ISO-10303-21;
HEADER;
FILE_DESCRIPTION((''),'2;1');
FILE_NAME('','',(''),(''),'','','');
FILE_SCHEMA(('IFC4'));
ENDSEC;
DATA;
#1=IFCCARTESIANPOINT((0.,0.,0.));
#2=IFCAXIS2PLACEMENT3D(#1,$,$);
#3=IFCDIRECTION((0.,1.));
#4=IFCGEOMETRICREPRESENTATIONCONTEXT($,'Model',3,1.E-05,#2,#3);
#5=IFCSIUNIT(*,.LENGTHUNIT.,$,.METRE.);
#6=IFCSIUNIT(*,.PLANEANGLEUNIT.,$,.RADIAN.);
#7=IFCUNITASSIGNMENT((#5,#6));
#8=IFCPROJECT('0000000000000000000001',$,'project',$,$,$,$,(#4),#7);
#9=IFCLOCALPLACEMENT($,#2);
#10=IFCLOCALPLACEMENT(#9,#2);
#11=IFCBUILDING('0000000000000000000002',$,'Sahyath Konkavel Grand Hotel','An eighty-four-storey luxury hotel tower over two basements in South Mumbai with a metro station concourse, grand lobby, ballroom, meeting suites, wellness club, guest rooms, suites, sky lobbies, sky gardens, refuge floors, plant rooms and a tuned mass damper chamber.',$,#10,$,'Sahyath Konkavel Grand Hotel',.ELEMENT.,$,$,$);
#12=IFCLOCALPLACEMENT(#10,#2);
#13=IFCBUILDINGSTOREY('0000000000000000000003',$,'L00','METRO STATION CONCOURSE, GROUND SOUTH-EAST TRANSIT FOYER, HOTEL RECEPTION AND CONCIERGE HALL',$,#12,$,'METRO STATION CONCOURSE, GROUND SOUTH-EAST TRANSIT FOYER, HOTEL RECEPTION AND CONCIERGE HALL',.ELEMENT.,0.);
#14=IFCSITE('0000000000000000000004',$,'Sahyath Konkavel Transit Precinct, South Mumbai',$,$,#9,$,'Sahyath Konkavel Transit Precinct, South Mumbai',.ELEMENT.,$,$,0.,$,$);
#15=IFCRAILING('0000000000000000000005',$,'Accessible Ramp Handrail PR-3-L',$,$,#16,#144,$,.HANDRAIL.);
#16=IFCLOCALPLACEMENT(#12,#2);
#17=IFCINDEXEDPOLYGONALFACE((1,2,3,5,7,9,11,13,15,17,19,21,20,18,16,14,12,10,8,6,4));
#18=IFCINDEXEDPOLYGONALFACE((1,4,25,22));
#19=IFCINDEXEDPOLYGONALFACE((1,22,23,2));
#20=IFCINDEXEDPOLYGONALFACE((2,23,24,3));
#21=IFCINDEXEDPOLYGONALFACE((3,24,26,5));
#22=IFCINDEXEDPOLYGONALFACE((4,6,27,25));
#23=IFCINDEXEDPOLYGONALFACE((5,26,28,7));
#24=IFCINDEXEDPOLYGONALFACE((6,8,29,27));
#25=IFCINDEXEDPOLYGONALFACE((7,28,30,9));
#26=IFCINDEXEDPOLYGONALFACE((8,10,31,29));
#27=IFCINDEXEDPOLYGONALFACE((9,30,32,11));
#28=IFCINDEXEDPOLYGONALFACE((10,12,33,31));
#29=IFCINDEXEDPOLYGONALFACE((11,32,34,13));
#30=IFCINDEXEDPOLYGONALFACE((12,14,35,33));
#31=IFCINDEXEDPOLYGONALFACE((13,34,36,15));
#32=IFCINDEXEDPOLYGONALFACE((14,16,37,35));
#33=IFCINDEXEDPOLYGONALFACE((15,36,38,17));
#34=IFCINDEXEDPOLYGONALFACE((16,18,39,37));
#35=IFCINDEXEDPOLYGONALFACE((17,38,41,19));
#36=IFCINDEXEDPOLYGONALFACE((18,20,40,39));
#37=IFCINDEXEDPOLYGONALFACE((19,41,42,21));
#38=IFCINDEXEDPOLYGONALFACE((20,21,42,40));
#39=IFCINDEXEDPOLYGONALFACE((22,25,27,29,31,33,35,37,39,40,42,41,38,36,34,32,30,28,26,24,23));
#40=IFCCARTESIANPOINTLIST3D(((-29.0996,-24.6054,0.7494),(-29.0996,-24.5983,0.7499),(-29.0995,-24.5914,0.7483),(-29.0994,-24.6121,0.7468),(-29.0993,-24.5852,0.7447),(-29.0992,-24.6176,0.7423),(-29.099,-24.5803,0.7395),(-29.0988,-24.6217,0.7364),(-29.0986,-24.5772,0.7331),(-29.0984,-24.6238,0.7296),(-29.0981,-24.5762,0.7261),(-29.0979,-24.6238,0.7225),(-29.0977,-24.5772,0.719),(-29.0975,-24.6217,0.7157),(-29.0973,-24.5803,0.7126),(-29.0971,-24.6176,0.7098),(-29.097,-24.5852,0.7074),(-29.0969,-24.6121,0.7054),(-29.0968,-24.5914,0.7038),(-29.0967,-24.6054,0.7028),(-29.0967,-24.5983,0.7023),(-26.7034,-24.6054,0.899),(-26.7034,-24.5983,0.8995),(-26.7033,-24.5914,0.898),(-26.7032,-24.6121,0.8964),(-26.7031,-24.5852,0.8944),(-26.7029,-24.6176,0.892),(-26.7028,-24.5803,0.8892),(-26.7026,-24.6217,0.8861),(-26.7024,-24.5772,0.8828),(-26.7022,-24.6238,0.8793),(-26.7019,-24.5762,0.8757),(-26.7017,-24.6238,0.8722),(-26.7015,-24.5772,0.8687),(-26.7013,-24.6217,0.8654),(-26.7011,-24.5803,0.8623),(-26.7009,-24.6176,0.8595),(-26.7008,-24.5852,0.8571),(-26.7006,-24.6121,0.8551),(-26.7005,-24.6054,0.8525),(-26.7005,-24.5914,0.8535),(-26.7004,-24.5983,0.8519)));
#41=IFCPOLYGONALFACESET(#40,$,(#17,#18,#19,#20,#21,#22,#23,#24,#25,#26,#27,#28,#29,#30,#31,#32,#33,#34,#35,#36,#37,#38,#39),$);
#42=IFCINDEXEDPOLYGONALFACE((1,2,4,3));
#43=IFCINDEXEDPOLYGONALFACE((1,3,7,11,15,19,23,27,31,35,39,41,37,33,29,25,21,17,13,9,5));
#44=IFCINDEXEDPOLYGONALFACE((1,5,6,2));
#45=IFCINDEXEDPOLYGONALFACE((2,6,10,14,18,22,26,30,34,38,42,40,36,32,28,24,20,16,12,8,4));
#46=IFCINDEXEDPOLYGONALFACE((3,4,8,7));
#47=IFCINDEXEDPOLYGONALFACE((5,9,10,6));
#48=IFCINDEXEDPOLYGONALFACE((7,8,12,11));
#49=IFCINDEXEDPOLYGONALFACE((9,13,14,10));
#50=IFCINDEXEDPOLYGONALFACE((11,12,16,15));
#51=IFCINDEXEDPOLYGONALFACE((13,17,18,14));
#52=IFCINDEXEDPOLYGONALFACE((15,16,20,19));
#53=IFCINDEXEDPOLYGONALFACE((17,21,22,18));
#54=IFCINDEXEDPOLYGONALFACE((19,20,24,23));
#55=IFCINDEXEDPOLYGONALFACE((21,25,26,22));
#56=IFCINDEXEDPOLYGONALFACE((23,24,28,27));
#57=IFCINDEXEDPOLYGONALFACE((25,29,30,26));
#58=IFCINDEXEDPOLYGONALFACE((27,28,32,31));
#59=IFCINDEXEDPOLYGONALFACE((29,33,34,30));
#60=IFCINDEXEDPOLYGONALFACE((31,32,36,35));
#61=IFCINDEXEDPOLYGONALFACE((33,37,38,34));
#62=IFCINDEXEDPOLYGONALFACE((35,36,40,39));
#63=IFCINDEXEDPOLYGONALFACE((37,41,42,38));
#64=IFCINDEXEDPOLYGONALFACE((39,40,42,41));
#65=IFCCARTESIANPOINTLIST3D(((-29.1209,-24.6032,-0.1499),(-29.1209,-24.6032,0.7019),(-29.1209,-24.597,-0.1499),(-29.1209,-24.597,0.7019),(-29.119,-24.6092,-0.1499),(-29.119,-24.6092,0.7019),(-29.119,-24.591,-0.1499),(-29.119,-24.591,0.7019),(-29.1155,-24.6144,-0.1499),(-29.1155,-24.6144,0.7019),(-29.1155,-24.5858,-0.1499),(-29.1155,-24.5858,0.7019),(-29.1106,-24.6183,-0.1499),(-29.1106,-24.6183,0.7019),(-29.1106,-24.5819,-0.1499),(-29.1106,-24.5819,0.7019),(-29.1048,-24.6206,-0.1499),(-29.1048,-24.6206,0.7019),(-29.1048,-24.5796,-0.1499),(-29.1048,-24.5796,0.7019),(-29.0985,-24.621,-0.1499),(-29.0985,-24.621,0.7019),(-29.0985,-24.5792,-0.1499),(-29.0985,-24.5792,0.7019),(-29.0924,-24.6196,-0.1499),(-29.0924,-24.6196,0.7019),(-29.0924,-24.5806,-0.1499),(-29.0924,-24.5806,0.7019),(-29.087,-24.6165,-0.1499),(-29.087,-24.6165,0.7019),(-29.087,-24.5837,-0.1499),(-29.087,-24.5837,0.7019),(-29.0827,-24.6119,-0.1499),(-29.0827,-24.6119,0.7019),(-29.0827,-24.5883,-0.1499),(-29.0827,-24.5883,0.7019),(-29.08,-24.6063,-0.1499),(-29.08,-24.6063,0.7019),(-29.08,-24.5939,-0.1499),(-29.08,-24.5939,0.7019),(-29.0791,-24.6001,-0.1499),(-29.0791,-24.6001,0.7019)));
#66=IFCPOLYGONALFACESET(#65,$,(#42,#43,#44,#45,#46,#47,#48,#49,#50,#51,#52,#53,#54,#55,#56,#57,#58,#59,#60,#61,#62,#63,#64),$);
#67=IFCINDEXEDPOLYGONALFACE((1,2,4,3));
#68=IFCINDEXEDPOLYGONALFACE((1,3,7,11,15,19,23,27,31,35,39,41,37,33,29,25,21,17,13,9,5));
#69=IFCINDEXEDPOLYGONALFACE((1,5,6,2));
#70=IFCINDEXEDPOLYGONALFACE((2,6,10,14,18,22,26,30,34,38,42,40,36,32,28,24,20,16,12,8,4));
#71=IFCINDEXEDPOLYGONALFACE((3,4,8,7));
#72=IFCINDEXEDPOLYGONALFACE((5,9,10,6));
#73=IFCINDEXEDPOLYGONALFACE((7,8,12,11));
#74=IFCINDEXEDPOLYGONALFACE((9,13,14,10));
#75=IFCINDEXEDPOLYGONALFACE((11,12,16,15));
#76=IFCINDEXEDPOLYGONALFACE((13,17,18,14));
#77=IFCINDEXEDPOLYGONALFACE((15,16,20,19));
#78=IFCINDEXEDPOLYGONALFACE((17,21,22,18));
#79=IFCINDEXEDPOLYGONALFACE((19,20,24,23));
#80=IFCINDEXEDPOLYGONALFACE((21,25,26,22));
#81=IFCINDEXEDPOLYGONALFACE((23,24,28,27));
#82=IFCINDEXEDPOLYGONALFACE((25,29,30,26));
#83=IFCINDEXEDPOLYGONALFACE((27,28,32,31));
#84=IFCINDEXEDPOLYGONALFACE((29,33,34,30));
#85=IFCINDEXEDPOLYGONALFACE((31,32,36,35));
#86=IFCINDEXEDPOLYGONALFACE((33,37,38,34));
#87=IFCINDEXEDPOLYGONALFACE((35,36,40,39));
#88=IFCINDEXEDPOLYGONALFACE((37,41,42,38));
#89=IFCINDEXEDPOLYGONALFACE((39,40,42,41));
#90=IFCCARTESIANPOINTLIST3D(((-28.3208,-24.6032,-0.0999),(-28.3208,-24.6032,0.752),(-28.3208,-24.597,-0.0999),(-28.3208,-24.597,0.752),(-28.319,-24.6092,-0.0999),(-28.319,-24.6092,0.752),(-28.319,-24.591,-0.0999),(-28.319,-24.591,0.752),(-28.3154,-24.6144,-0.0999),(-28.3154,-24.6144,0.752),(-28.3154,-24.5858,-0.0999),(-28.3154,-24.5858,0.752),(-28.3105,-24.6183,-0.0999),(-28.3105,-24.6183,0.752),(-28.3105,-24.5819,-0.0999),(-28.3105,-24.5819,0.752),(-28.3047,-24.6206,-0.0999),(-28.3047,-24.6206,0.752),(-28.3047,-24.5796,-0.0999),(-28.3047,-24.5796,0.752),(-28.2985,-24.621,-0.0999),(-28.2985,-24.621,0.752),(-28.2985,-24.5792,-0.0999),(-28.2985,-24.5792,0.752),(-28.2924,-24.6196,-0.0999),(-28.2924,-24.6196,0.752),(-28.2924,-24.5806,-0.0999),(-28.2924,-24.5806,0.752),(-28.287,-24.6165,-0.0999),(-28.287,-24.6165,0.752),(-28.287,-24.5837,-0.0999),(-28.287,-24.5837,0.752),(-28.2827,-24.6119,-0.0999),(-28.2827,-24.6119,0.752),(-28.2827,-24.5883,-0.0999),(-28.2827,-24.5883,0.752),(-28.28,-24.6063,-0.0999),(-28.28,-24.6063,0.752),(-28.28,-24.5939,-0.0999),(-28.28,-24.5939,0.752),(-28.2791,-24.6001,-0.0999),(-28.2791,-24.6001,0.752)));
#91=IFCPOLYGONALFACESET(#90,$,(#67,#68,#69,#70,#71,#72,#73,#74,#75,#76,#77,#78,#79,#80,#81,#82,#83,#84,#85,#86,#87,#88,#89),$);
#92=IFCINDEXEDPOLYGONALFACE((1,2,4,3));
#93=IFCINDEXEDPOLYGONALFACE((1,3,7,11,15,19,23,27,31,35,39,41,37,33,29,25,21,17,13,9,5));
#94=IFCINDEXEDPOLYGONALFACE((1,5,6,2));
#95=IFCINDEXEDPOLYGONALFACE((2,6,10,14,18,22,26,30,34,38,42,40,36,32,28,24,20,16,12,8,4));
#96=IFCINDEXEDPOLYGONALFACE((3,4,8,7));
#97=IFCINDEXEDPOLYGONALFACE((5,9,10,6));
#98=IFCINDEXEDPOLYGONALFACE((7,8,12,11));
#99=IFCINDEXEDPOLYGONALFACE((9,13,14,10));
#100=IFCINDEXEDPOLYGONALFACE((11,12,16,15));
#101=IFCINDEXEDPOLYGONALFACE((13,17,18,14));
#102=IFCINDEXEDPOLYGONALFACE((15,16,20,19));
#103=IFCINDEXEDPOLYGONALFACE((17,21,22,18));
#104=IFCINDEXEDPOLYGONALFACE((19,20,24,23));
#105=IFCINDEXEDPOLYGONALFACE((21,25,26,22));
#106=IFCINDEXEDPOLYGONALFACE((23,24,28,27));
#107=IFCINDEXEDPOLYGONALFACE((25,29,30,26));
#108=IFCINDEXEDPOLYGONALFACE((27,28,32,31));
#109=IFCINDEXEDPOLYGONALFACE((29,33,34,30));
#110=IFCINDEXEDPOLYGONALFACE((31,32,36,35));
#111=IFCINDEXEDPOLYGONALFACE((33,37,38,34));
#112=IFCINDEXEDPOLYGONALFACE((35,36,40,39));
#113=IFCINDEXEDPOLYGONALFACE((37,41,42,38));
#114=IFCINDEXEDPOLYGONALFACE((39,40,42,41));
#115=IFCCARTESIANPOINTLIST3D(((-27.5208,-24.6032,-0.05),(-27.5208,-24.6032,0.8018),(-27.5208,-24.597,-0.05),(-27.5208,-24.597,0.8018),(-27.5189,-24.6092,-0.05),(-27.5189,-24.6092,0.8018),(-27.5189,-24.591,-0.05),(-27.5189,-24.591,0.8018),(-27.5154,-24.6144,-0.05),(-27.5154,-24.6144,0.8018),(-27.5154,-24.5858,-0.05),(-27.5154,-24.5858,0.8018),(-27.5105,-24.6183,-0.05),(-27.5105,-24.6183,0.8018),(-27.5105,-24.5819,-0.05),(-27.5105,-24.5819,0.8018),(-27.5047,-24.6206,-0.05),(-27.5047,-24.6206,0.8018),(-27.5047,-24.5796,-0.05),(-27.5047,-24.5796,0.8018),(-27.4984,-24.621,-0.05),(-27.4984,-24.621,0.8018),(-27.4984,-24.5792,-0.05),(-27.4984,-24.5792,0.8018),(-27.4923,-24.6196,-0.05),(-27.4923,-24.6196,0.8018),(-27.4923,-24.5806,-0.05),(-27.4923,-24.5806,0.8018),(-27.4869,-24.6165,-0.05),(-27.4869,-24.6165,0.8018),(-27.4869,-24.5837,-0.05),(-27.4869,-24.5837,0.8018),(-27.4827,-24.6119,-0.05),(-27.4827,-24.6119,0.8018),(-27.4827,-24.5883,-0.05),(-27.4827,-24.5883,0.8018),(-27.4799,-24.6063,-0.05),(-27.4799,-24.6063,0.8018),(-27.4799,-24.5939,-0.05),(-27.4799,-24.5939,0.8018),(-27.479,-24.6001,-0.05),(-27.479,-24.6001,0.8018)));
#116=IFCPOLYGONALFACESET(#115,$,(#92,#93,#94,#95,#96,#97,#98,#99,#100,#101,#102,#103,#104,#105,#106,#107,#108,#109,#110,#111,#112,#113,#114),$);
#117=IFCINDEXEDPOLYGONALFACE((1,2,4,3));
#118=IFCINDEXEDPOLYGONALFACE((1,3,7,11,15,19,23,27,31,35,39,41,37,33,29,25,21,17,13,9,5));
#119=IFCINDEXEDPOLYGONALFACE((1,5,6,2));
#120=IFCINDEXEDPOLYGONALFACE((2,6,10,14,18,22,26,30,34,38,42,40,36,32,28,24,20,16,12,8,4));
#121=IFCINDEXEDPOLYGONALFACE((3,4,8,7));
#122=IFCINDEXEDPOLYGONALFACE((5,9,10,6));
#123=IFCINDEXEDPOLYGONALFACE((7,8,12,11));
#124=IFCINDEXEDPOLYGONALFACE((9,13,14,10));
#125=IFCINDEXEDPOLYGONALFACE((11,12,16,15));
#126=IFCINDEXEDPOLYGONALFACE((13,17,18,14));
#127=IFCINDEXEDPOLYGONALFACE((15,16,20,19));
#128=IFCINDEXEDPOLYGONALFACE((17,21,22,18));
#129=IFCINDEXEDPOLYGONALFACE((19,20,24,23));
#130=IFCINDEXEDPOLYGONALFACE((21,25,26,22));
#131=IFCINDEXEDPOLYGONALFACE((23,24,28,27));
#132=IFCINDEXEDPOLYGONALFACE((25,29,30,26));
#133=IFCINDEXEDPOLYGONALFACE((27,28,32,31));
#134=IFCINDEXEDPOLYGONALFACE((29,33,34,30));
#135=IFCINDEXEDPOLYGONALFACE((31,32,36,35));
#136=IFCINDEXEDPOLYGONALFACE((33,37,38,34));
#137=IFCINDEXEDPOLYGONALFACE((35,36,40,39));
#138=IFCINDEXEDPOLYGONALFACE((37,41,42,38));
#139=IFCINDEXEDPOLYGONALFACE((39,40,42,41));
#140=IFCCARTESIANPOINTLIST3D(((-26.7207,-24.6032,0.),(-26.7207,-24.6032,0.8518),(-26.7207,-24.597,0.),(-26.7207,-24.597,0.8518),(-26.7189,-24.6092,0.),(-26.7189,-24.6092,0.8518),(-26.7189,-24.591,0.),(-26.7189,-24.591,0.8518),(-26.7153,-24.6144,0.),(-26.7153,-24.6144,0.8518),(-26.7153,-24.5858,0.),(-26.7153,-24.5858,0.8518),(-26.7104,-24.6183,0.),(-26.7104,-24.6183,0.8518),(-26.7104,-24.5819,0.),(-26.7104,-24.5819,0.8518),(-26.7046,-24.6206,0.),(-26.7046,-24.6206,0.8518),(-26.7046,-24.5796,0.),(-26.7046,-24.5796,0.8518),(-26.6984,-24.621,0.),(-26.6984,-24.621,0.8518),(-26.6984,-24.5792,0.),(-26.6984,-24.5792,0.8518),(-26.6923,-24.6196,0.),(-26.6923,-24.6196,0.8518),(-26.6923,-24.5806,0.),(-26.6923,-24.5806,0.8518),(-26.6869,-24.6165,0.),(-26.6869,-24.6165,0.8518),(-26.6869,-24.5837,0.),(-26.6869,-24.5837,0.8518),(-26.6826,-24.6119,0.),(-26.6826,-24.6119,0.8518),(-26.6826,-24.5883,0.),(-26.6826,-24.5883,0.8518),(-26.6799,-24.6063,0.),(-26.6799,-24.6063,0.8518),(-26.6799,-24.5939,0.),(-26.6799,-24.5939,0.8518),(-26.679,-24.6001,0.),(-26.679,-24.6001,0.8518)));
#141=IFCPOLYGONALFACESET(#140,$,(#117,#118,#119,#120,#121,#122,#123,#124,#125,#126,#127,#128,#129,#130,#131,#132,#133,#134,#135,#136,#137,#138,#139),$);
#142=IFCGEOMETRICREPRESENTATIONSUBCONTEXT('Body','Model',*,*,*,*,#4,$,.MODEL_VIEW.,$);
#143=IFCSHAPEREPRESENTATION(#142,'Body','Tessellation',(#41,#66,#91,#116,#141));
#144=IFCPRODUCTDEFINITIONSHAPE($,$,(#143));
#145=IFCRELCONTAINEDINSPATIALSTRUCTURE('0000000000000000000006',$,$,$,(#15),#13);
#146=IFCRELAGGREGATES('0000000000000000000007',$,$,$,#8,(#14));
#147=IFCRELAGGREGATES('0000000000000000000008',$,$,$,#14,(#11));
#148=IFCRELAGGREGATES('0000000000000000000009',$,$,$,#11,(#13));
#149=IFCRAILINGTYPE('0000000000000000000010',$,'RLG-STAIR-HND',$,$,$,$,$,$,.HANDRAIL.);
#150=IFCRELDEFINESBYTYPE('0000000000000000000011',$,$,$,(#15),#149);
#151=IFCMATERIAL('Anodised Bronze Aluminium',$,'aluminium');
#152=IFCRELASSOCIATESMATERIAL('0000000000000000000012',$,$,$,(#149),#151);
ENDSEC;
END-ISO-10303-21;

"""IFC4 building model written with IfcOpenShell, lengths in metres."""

from ifc_helpers import new_model, si_unit, direction, frame, origin, origin_2d, place, context, subcontext, project, spatial, circle, extrude, material, type_object, element, save


model = new_model("IFC4")

# Units and contexts
model_context = context("Model", 3, precision=1e-05, world=origin(), true_north=direction((0.0, 1.0)))
body_context = subcontext(model_context, "Body", "Model", "MODEL_VIEW")
ifc_project = project(units=[si_unit("LENGTHUNIT", "METRE"), si_unit("PLANEANGLEUNIT", "RADIAN")], contexts=[model_context])

# Site, building, storey
site_placement = place(None, origin())
site = spatial("IfcSite", under=ifc_project, at=site_placement, Name="Sahyath Konkavel Transit Precinct, South Mumbai", LongName="Sahyath Konkavel Transit Precinct, South Mumbai", CompositionType="ELEMENT", RefElevation=0.0)
building_placement = place(site_placement, origin())
building = spatial("IfcBuilding", under=site, at=building_placement, Name="Sahyath Konkavel Grand Hotel", Description="An eighty-four-storey luxury hotel tower over two basements in South Mumbai with a metro station concourse, grand lobby, ballroom, meeting suites, wellness club, guest rooms, suites, sky lobbies, sky gardens, refuge floors, plant rooms and a tuned mass damper chamber.", LongName="Sahyath Konkavel Grand Hotel", CompositionType="ELEMENT")
storey_placement = place(building_placement, origin())
storey = spatial("IfcBuildingStorey", under=building, at=storey_placement, Name="L00", Description="METRO STATION CONCOURSE, GROUND SOUTH-EAST TRANSIT FOYER, HOTEL RECEPTION AND CONCIERGE HALL", LongName="METRO STATION CONCOURSE, GROUND SOUTH-EAST TRANSIT FOYER, HOTEL RECEPTION AND CONCIERGE HALL", CompositionType="ELEMENT", Elevation=0.0)

# Railing
ifc_material_1 = material(Name="Anodised Bronze Aluminium", Category="aluminium")
railing_type_1 = type_object("IfcRailingType", Name="RLG-STAIR-HND", PredefinedType="HANDRAIL", material=ifc_material_1)
for number, where, name in (
    (1, (-29.1001, -24.6001, -0.1499), "Accessible Ramp Handrail PR-3-L"),
):
    element("IfcRailing", number, at=place(storey_placement, frame(where)), inside=storey, type_object=railing_type_1, Name=name, PredefinedType="HANDRAIL", context=body_context, shape_type="SweptSolid", body=[
        extrude(circle(Radius=0.0239, at=origin_2d()), frame((0.002, 0.0, 0.876), z_axis=(0.998055, 0.0, 0.062334), x_axis=(0.0, 1.0, 0.0)), (0.0, 0.0, 1.0), 2.4009),
        extrude(circle(Radius=0.021, at=origin_2d()), origin(), (0.0, 0.0, 1.0), 0.8518),
        extrude(circle(Radius=0.021, at=origin_2d()), frame((0.8, 0.0, 0.05)), (0.0, 0.0, 1.0), 0.8518),
        extrude(circle(Radius=0.021, at=origin_2d()), frame((1.6001, 0.0, 0.0999)), (0.0, 0.0, 1.0), 0.8518),
        extrude(circle(Radius=0.021, at=origin_2d()), frame((2.4001, 0.0, 0.1499)), (0.0, 0.0, 1.0), 0.8518),
    ])

save(model, "model.ifc")
